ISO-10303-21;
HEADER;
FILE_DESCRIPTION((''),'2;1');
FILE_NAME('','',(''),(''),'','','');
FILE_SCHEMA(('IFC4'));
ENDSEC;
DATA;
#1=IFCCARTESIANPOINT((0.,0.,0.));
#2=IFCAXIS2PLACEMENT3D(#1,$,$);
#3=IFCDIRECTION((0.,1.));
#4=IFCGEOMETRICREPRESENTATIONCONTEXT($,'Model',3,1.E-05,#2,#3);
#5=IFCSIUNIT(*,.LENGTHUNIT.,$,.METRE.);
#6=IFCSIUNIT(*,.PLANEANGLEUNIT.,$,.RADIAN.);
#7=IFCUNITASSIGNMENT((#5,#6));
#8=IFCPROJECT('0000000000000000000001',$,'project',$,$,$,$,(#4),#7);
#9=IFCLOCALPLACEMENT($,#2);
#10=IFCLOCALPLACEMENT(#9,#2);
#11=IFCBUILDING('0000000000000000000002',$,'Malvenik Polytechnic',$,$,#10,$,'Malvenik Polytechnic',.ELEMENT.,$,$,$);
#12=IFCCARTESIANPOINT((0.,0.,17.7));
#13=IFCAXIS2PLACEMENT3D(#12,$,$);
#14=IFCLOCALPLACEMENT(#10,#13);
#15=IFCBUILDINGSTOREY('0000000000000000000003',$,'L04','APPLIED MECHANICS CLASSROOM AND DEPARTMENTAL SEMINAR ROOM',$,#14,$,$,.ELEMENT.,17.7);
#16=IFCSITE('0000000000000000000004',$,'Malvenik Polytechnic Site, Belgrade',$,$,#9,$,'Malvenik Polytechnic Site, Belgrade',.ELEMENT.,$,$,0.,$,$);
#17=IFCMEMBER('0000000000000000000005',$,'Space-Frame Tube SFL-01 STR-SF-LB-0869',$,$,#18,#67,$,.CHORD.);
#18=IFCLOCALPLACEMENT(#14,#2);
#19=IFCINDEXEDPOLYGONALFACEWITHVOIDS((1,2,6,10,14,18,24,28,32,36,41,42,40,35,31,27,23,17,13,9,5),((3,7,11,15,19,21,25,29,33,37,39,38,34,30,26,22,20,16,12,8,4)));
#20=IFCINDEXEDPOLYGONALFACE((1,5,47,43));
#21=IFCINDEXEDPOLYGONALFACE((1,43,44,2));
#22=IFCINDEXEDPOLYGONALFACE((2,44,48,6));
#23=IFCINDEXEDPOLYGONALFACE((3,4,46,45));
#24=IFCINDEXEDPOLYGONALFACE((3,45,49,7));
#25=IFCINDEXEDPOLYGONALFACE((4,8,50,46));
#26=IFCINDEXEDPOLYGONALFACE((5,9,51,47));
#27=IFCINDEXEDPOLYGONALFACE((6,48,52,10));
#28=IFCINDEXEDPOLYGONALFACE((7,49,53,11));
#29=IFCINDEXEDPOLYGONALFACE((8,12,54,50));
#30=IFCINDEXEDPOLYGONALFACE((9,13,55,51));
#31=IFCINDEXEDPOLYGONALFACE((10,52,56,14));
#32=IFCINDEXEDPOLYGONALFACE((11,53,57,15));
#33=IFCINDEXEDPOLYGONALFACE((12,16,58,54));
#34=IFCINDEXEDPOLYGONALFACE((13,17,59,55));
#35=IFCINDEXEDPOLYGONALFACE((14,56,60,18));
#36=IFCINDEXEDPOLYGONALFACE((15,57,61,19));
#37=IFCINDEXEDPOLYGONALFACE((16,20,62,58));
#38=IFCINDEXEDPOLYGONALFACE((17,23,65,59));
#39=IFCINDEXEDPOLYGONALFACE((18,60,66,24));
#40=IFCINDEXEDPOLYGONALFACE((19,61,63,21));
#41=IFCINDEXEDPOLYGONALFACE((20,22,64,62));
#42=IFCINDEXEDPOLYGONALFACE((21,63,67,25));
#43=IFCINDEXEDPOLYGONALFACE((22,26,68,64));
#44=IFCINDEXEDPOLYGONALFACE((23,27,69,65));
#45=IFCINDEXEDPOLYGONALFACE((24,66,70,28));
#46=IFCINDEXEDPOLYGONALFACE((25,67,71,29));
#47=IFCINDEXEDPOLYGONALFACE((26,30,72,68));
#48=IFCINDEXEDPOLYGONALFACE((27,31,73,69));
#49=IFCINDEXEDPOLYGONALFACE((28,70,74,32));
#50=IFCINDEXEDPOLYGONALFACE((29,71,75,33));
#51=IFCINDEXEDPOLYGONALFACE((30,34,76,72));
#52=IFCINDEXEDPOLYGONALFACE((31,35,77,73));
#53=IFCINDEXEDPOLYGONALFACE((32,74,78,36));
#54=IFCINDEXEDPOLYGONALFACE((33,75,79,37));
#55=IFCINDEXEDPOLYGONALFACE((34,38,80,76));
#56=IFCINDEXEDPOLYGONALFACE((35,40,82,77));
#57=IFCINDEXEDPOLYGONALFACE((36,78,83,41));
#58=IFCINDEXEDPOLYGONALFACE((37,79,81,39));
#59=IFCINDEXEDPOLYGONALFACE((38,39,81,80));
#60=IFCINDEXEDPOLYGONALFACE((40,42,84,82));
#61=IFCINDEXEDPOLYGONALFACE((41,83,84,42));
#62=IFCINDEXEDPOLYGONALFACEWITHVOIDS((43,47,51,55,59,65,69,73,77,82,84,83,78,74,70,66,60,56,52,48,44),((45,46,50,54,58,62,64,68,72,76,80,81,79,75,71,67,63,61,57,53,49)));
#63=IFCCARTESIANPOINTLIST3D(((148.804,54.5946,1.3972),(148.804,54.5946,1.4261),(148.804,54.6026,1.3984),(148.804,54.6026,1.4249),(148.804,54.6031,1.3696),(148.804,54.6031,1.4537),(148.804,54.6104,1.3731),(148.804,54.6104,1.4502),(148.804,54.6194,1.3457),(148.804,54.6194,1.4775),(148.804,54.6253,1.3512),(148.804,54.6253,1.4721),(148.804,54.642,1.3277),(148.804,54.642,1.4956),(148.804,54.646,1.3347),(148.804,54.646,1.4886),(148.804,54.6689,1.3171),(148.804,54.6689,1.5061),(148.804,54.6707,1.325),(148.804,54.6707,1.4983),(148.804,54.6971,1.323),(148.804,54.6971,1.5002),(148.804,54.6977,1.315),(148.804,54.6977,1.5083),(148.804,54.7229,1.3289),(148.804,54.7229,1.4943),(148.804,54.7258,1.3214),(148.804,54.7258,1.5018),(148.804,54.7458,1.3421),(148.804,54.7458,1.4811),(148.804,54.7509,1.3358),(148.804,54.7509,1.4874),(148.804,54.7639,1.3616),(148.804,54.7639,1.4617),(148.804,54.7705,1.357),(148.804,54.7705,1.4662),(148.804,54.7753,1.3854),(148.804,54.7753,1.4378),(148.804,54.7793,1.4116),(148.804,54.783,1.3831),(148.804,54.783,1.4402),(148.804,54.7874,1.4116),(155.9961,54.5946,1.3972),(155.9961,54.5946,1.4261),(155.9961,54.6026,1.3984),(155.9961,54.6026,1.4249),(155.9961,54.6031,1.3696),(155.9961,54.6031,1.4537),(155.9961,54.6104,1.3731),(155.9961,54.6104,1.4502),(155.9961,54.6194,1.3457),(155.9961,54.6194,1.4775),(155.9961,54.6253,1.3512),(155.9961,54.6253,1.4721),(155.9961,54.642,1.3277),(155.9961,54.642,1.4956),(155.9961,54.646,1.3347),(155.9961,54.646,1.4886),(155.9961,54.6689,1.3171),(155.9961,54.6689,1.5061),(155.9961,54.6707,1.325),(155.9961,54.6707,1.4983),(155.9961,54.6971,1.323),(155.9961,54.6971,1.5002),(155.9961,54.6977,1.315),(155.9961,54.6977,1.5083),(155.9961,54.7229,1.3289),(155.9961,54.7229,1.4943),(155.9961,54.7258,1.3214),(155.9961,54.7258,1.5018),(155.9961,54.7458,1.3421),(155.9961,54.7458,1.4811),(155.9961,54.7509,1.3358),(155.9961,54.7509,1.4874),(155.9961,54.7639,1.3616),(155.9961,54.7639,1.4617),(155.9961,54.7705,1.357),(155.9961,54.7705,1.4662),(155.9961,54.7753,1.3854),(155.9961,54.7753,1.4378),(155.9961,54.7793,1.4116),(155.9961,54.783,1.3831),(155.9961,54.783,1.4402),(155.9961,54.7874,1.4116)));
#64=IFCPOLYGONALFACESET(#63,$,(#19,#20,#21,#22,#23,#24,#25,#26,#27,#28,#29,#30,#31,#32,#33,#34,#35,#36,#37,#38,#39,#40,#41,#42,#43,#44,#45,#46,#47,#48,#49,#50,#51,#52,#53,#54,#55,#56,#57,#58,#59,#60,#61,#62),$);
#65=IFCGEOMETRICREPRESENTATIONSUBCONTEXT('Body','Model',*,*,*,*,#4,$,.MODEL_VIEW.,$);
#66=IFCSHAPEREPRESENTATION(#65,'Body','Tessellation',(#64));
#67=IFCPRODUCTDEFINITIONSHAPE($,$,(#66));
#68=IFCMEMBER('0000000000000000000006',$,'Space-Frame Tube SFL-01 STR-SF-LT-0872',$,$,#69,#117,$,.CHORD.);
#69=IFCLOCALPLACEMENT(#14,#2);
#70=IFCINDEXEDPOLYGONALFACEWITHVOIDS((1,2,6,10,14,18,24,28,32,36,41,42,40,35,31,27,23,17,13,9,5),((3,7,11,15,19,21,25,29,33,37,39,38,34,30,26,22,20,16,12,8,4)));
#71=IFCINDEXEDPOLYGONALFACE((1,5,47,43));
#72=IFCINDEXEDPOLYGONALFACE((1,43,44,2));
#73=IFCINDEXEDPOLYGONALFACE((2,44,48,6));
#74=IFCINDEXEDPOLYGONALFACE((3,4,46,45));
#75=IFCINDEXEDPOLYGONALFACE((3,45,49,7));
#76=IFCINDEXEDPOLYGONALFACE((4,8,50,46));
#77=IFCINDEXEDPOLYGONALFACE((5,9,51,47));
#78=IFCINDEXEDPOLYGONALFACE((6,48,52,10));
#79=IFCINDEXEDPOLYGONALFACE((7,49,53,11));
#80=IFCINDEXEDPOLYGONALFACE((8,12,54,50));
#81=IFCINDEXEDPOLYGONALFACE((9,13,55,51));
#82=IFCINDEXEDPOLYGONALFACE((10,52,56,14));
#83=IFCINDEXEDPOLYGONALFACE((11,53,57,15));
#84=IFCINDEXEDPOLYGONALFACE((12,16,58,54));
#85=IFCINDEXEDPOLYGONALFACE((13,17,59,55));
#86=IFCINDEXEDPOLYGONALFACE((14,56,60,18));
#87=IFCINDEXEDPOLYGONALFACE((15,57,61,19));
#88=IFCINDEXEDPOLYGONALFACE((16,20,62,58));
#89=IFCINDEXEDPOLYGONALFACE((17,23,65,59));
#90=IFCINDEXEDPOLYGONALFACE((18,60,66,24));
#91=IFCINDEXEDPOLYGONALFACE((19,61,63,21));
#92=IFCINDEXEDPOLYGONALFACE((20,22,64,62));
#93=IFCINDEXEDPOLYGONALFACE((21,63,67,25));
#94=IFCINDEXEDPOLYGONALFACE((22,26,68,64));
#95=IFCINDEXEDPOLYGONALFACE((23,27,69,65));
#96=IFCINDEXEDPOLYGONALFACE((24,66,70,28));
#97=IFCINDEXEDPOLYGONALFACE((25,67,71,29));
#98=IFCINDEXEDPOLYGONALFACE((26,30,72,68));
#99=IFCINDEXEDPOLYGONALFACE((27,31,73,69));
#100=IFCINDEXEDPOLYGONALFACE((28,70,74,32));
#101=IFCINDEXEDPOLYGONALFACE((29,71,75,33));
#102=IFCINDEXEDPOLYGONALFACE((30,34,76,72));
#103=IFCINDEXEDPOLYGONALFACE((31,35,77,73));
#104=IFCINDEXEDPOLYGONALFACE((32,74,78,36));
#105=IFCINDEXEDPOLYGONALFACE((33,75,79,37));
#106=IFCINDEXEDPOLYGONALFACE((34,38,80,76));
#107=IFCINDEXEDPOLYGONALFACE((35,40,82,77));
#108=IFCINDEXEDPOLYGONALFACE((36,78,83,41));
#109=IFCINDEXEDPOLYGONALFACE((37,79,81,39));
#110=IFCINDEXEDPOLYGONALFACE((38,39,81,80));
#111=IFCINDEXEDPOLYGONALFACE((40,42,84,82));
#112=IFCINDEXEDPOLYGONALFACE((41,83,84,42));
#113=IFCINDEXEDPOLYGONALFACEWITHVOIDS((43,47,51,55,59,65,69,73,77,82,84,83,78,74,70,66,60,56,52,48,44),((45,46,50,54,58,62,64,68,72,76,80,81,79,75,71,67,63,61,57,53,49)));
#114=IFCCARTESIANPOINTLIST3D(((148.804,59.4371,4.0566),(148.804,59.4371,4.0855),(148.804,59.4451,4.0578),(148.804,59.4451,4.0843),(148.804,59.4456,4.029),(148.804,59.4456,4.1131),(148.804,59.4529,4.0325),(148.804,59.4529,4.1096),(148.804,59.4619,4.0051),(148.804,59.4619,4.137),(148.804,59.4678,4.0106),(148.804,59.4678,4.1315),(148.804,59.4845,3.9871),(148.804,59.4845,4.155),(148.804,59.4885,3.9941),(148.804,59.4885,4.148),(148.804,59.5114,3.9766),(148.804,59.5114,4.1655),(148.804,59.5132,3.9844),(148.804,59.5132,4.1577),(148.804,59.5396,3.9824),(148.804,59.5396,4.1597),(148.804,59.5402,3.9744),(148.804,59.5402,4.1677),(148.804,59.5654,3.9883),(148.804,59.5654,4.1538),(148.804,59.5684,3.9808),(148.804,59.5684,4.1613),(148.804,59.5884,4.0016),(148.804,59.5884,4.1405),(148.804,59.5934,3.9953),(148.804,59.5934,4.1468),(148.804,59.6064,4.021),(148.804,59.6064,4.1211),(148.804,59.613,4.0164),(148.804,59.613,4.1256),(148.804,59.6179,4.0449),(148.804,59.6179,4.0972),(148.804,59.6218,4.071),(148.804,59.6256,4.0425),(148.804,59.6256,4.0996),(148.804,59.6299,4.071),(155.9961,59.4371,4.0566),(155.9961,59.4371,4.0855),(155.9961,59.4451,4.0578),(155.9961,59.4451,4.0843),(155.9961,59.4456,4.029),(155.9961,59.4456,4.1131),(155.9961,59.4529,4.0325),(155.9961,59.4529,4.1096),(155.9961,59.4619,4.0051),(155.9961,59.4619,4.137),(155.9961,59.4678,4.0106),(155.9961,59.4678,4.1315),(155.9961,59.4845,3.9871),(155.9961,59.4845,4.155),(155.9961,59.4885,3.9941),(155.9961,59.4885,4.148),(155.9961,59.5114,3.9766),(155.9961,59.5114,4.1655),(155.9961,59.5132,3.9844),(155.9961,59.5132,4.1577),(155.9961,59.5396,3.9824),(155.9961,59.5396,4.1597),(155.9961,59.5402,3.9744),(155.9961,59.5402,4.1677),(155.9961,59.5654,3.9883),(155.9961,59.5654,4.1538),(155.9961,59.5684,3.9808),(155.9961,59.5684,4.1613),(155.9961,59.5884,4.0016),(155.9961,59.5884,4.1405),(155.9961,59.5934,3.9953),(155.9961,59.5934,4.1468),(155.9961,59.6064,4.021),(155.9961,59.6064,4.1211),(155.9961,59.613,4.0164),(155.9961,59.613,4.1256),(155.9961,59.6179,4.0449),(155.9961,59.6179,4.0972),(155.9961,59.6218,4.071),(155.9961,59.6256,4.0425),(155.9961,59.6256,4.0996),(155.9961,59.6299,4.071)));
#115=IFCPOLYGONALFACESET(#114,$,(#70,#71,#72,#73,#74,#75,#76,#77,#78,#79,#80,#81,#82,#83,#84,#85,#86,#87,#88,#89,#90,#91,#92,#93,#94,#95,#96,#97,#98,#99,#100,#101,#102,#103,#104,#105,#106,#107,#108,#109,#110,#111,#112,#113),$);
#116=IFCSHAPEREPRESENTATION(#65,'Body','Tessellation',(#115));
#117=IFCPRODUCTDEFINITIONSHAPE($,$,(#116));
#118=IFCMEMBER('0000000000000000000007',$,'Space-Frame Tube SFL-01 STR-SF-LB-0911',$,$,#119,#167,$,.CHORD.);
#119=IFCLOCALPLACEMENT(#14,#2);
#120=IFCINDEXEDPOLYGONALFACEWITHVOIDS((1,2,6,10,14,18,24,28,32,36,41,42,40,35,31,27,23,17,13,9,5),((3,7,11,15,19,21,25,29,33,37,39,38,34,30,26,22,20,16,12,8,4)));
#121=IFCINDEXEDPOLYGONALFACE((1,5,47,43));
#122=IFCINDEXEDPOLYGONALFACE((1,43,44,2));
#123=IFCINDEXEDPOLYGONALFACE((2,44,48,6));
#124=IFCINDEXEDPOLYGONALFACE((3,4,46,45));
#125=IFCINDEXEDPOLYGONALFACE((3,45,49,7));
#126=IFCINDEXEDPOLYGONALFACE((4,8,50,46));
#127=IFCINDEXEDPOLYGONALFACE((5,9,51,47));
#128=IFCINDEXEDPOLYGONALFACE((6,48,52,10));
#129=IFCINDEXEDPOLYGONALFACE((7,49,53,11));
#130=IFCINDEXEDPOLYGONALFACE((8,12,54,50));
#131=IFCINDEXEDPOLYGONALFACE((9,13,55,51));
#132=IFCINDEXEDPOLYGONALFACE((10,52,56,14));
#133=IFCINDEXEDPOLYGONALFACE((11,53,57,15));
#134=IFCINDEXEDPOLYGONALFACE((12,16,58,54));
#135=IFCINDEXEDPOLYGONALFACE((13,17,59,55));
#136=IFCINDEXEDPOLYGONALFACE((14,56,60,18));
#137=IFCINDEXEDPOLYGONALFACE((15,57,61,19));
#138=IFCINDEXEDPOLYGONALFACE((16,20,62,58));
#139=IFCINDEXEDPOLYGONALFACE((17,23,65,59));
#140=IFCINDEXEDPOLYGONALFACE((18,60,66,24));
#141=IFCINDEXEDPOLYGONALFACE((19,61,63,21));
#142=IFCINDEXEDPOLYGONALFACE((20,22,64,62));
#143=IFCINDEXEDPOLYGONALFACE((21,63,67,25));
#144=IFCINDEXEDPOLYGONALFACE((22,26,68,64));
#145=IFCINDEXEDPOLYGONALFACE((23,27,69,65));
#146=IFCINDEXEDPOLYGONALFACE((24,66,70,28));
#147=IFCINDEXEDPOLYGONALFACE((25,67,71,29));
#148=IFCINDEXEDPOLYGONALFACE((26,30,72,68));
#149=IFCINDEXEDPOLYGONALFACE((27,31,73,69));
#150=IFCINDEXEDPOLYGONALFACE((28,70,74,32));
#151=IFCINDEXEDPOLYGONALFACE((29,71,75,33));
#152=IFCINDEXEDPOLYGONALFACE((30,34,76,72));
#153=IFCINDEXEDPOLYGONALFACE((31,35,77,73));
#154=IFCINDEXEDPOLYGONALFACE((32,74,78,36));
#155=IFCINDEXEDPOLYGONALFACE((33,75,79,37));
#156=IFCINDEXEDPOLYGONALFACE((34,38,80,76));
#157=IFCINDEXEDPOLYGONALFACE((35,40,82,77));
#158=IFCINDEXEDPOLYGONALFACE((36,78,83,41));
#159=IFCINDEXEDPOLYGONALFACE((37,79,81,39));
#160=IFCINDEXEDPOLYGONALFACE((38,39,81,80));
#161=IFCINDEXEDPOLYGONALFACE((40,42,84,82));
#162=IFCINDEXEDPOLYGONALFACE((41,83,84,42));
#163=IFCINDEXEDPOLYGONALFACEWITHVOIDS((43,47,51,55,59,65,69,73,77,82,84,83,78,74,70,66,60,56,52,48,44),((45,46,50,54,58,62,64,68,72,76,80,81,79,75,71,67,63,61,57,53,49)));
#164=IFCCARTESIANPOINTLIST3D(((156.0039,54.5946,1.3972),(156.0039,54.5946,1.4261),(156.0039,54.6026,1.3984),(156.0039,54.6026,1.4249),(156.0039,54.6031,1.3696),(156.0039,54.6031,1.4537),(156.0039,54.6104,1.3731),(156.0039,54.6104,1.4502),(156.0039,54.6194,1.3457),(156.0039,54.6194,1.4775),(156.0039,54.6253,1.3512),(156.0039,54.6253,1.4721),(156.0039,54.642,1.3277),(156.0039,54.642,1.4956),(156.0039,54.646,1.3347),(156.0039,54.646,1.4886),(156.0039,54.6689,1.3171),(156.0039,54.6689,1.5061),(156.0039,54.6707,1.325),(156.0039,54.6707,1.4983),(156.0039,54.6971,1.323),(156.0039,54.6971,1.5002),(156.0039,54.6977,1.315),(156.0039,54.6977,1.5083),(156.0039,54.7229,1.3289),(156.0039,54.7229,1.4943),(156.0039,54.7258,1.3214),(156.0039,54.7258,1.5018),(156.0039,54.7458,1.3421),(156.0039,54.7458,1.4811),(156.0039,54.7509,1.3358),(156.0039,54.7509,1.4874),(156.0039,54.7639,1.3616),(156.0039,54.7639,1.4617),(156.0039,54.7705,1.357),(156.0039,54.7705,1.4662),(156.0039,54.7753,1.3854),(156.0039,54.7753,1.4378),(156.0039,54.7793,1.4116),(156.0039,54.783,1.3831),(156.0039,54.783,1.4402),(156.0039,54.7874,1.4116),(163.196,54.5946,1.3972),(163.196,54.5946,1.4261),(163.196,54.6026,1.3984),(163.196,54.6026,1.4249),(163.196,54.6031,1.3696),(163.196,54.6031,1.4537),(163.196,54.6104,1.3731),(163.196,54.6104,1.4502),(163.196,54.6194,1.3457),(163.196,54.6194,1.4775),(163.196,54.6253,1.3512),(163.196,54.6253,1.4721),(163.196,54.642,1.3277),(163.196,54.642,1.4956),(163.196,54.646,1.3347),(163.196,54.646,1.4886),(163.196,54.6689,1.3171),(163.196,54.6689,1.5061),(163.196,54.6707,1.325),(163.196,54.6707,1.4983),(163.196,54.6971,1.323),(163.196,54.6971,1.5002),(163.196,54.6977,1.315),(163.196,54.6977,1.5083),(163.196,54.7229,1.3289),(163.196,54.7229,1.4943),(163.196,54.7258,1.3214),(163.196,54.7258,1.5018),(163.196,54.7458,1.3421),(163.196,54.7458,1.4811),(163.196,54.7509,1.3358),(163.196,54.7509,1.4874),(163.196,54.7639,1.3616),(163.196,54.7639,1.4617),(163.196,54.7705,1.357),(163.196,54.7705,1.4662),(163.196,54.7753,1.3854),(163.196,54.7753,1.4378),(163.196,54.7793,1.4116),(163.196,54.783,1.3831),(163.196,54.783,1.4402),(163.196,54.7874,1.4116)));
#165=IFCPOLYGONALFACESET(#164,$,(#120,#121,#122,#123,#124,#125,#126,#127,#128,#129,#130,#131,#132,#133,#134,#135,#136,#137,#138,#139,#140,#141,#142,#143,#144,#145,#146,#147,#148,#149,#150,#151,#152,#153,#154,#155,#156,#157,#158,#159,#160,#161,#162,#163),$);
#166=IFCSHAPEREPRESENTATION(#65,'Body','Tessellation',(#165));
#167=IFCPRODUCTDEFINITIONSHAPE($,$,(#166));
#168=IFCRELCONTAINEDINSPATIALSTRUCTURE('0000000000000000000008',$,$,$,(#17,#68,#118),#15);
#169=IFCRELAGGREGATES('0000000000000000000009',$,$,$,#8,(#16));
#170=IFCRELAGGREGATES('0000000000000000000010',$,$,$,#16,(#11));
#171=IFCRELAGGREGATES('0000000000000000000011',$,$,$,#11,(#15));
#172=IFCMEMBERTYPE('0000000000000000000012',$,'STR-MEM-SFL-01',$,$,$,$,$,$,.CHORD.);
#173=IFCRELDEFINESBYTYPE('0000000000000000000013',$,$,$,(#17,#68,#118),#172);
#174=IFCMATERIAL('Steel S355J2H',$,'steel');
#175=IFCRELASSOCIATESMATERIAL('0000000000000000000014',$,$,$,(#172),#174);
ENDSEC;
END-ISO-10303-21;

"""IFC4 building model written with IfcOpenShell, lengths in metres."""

from ifc_helpers import new_model, si_unit, direction, frame, origin, origin_2d, place, context, subcontext, project, spatial, hollow_circle, extrude, material, material_profile, profile_set, type_object, element, save


model = new_model("IFC4")

# Units and contexts
model_context = context("Model", 3, precision=1e-05, world=origin(), true_north=direction((0.0, 1.0)))
body_context = subcontext(model_context, "Body", "Model", "MODEL_VIEW")
ifc_project = project(units=[si_unit("LENGTHUNIT", "METRE"), si_unit("PLANEANGLEUNIT", "RADIAN")], contexts=[model_context])

# Site, building, storey
site_placement = place(None, origin())
site = spatial("IfcSite", under=ifc_project, at=site_placement, Name="Malvenik Polytechnic Site, Belgrade", LongName="Malvenik Polytechnic Site, Belgrade", CompositionType="ELEMENT", RefElevation=0.0)
building_placement = place(site_placement, origin())
building = spatial("IfcBuilding", under=site, at=building_placement, Name="Malvenik Polytechnic", LongName="Malvenik Polytechnic", CompositionType="ELEMENT")
storey_placement = place(building_placement, frame((0.0, 0.0, 17.7)))
storey = spatial("IfcBuildingStorey", under=building, at=storey_placement, Name="L04", Description="APPLIED MECHANICS CLASSROOM AND DEPARTMENTAL SEMINAR ROOM", CompositionType="ELEMENT", Elevation=17.7)

# Members
ifc_material_1 = material(Name="Steel S355J2H", Category="steel")
ifc_material_profile_1 = material_profile(ifc_material_1, hollow_circle(Radius=0.0969, WallThickness=0.0081, at=origin_2d()), Name="CHS 193.7x8.0")
ifc_profile_set_1 = profile_set([ifc_material_profile_1], Name="Steel S355J2H")
member_type_1 = type_object("IfcMemberType", Name="STR-MEM-SFL-01", PredefinedType="CHORD", material=ifc_profile_set_1)
for number, where, z_axis, x_axis, name in (
    (1, (148.804, 54.6904, 1.4116), (1.0, 0.0, 0.0), (0.0, 1.0, 0.0), "Space-Frame Tube SFL-01 STR-SF-LB-0869"),
    (2, (148.804, 59.533, 4.071), (1.0, 0.0, 0.0), (0.0, 1.0, 0.0), "Space-Frame Tube SFL-01 STR-SF-LT-0872"),
    (3, (156.0039, 54.6904, 1.4116), (1.0, 0.0, 0.0), (0.0, 1.0, 0.0), "Space-Frame Tube SFL-01 STR-SF-LB-0911"),
):
    element("IfcMember", number, at=place(storey_placement, frame(where, z_axis=z_axis, x_axis=x_axis)), inside=storey, type_object=member_type_1, Name=name, PredefinedType="CHORD", context=body_context, shape_type="SweptSolid", body=[
        extrude(hollow_circle(Radius=0.0969, WallThickness=0.0081, at=origin_2d()), origin(), (0.0, 0.0, 1.0), 7.1921),
    ])

save(model, "model.ifc")
